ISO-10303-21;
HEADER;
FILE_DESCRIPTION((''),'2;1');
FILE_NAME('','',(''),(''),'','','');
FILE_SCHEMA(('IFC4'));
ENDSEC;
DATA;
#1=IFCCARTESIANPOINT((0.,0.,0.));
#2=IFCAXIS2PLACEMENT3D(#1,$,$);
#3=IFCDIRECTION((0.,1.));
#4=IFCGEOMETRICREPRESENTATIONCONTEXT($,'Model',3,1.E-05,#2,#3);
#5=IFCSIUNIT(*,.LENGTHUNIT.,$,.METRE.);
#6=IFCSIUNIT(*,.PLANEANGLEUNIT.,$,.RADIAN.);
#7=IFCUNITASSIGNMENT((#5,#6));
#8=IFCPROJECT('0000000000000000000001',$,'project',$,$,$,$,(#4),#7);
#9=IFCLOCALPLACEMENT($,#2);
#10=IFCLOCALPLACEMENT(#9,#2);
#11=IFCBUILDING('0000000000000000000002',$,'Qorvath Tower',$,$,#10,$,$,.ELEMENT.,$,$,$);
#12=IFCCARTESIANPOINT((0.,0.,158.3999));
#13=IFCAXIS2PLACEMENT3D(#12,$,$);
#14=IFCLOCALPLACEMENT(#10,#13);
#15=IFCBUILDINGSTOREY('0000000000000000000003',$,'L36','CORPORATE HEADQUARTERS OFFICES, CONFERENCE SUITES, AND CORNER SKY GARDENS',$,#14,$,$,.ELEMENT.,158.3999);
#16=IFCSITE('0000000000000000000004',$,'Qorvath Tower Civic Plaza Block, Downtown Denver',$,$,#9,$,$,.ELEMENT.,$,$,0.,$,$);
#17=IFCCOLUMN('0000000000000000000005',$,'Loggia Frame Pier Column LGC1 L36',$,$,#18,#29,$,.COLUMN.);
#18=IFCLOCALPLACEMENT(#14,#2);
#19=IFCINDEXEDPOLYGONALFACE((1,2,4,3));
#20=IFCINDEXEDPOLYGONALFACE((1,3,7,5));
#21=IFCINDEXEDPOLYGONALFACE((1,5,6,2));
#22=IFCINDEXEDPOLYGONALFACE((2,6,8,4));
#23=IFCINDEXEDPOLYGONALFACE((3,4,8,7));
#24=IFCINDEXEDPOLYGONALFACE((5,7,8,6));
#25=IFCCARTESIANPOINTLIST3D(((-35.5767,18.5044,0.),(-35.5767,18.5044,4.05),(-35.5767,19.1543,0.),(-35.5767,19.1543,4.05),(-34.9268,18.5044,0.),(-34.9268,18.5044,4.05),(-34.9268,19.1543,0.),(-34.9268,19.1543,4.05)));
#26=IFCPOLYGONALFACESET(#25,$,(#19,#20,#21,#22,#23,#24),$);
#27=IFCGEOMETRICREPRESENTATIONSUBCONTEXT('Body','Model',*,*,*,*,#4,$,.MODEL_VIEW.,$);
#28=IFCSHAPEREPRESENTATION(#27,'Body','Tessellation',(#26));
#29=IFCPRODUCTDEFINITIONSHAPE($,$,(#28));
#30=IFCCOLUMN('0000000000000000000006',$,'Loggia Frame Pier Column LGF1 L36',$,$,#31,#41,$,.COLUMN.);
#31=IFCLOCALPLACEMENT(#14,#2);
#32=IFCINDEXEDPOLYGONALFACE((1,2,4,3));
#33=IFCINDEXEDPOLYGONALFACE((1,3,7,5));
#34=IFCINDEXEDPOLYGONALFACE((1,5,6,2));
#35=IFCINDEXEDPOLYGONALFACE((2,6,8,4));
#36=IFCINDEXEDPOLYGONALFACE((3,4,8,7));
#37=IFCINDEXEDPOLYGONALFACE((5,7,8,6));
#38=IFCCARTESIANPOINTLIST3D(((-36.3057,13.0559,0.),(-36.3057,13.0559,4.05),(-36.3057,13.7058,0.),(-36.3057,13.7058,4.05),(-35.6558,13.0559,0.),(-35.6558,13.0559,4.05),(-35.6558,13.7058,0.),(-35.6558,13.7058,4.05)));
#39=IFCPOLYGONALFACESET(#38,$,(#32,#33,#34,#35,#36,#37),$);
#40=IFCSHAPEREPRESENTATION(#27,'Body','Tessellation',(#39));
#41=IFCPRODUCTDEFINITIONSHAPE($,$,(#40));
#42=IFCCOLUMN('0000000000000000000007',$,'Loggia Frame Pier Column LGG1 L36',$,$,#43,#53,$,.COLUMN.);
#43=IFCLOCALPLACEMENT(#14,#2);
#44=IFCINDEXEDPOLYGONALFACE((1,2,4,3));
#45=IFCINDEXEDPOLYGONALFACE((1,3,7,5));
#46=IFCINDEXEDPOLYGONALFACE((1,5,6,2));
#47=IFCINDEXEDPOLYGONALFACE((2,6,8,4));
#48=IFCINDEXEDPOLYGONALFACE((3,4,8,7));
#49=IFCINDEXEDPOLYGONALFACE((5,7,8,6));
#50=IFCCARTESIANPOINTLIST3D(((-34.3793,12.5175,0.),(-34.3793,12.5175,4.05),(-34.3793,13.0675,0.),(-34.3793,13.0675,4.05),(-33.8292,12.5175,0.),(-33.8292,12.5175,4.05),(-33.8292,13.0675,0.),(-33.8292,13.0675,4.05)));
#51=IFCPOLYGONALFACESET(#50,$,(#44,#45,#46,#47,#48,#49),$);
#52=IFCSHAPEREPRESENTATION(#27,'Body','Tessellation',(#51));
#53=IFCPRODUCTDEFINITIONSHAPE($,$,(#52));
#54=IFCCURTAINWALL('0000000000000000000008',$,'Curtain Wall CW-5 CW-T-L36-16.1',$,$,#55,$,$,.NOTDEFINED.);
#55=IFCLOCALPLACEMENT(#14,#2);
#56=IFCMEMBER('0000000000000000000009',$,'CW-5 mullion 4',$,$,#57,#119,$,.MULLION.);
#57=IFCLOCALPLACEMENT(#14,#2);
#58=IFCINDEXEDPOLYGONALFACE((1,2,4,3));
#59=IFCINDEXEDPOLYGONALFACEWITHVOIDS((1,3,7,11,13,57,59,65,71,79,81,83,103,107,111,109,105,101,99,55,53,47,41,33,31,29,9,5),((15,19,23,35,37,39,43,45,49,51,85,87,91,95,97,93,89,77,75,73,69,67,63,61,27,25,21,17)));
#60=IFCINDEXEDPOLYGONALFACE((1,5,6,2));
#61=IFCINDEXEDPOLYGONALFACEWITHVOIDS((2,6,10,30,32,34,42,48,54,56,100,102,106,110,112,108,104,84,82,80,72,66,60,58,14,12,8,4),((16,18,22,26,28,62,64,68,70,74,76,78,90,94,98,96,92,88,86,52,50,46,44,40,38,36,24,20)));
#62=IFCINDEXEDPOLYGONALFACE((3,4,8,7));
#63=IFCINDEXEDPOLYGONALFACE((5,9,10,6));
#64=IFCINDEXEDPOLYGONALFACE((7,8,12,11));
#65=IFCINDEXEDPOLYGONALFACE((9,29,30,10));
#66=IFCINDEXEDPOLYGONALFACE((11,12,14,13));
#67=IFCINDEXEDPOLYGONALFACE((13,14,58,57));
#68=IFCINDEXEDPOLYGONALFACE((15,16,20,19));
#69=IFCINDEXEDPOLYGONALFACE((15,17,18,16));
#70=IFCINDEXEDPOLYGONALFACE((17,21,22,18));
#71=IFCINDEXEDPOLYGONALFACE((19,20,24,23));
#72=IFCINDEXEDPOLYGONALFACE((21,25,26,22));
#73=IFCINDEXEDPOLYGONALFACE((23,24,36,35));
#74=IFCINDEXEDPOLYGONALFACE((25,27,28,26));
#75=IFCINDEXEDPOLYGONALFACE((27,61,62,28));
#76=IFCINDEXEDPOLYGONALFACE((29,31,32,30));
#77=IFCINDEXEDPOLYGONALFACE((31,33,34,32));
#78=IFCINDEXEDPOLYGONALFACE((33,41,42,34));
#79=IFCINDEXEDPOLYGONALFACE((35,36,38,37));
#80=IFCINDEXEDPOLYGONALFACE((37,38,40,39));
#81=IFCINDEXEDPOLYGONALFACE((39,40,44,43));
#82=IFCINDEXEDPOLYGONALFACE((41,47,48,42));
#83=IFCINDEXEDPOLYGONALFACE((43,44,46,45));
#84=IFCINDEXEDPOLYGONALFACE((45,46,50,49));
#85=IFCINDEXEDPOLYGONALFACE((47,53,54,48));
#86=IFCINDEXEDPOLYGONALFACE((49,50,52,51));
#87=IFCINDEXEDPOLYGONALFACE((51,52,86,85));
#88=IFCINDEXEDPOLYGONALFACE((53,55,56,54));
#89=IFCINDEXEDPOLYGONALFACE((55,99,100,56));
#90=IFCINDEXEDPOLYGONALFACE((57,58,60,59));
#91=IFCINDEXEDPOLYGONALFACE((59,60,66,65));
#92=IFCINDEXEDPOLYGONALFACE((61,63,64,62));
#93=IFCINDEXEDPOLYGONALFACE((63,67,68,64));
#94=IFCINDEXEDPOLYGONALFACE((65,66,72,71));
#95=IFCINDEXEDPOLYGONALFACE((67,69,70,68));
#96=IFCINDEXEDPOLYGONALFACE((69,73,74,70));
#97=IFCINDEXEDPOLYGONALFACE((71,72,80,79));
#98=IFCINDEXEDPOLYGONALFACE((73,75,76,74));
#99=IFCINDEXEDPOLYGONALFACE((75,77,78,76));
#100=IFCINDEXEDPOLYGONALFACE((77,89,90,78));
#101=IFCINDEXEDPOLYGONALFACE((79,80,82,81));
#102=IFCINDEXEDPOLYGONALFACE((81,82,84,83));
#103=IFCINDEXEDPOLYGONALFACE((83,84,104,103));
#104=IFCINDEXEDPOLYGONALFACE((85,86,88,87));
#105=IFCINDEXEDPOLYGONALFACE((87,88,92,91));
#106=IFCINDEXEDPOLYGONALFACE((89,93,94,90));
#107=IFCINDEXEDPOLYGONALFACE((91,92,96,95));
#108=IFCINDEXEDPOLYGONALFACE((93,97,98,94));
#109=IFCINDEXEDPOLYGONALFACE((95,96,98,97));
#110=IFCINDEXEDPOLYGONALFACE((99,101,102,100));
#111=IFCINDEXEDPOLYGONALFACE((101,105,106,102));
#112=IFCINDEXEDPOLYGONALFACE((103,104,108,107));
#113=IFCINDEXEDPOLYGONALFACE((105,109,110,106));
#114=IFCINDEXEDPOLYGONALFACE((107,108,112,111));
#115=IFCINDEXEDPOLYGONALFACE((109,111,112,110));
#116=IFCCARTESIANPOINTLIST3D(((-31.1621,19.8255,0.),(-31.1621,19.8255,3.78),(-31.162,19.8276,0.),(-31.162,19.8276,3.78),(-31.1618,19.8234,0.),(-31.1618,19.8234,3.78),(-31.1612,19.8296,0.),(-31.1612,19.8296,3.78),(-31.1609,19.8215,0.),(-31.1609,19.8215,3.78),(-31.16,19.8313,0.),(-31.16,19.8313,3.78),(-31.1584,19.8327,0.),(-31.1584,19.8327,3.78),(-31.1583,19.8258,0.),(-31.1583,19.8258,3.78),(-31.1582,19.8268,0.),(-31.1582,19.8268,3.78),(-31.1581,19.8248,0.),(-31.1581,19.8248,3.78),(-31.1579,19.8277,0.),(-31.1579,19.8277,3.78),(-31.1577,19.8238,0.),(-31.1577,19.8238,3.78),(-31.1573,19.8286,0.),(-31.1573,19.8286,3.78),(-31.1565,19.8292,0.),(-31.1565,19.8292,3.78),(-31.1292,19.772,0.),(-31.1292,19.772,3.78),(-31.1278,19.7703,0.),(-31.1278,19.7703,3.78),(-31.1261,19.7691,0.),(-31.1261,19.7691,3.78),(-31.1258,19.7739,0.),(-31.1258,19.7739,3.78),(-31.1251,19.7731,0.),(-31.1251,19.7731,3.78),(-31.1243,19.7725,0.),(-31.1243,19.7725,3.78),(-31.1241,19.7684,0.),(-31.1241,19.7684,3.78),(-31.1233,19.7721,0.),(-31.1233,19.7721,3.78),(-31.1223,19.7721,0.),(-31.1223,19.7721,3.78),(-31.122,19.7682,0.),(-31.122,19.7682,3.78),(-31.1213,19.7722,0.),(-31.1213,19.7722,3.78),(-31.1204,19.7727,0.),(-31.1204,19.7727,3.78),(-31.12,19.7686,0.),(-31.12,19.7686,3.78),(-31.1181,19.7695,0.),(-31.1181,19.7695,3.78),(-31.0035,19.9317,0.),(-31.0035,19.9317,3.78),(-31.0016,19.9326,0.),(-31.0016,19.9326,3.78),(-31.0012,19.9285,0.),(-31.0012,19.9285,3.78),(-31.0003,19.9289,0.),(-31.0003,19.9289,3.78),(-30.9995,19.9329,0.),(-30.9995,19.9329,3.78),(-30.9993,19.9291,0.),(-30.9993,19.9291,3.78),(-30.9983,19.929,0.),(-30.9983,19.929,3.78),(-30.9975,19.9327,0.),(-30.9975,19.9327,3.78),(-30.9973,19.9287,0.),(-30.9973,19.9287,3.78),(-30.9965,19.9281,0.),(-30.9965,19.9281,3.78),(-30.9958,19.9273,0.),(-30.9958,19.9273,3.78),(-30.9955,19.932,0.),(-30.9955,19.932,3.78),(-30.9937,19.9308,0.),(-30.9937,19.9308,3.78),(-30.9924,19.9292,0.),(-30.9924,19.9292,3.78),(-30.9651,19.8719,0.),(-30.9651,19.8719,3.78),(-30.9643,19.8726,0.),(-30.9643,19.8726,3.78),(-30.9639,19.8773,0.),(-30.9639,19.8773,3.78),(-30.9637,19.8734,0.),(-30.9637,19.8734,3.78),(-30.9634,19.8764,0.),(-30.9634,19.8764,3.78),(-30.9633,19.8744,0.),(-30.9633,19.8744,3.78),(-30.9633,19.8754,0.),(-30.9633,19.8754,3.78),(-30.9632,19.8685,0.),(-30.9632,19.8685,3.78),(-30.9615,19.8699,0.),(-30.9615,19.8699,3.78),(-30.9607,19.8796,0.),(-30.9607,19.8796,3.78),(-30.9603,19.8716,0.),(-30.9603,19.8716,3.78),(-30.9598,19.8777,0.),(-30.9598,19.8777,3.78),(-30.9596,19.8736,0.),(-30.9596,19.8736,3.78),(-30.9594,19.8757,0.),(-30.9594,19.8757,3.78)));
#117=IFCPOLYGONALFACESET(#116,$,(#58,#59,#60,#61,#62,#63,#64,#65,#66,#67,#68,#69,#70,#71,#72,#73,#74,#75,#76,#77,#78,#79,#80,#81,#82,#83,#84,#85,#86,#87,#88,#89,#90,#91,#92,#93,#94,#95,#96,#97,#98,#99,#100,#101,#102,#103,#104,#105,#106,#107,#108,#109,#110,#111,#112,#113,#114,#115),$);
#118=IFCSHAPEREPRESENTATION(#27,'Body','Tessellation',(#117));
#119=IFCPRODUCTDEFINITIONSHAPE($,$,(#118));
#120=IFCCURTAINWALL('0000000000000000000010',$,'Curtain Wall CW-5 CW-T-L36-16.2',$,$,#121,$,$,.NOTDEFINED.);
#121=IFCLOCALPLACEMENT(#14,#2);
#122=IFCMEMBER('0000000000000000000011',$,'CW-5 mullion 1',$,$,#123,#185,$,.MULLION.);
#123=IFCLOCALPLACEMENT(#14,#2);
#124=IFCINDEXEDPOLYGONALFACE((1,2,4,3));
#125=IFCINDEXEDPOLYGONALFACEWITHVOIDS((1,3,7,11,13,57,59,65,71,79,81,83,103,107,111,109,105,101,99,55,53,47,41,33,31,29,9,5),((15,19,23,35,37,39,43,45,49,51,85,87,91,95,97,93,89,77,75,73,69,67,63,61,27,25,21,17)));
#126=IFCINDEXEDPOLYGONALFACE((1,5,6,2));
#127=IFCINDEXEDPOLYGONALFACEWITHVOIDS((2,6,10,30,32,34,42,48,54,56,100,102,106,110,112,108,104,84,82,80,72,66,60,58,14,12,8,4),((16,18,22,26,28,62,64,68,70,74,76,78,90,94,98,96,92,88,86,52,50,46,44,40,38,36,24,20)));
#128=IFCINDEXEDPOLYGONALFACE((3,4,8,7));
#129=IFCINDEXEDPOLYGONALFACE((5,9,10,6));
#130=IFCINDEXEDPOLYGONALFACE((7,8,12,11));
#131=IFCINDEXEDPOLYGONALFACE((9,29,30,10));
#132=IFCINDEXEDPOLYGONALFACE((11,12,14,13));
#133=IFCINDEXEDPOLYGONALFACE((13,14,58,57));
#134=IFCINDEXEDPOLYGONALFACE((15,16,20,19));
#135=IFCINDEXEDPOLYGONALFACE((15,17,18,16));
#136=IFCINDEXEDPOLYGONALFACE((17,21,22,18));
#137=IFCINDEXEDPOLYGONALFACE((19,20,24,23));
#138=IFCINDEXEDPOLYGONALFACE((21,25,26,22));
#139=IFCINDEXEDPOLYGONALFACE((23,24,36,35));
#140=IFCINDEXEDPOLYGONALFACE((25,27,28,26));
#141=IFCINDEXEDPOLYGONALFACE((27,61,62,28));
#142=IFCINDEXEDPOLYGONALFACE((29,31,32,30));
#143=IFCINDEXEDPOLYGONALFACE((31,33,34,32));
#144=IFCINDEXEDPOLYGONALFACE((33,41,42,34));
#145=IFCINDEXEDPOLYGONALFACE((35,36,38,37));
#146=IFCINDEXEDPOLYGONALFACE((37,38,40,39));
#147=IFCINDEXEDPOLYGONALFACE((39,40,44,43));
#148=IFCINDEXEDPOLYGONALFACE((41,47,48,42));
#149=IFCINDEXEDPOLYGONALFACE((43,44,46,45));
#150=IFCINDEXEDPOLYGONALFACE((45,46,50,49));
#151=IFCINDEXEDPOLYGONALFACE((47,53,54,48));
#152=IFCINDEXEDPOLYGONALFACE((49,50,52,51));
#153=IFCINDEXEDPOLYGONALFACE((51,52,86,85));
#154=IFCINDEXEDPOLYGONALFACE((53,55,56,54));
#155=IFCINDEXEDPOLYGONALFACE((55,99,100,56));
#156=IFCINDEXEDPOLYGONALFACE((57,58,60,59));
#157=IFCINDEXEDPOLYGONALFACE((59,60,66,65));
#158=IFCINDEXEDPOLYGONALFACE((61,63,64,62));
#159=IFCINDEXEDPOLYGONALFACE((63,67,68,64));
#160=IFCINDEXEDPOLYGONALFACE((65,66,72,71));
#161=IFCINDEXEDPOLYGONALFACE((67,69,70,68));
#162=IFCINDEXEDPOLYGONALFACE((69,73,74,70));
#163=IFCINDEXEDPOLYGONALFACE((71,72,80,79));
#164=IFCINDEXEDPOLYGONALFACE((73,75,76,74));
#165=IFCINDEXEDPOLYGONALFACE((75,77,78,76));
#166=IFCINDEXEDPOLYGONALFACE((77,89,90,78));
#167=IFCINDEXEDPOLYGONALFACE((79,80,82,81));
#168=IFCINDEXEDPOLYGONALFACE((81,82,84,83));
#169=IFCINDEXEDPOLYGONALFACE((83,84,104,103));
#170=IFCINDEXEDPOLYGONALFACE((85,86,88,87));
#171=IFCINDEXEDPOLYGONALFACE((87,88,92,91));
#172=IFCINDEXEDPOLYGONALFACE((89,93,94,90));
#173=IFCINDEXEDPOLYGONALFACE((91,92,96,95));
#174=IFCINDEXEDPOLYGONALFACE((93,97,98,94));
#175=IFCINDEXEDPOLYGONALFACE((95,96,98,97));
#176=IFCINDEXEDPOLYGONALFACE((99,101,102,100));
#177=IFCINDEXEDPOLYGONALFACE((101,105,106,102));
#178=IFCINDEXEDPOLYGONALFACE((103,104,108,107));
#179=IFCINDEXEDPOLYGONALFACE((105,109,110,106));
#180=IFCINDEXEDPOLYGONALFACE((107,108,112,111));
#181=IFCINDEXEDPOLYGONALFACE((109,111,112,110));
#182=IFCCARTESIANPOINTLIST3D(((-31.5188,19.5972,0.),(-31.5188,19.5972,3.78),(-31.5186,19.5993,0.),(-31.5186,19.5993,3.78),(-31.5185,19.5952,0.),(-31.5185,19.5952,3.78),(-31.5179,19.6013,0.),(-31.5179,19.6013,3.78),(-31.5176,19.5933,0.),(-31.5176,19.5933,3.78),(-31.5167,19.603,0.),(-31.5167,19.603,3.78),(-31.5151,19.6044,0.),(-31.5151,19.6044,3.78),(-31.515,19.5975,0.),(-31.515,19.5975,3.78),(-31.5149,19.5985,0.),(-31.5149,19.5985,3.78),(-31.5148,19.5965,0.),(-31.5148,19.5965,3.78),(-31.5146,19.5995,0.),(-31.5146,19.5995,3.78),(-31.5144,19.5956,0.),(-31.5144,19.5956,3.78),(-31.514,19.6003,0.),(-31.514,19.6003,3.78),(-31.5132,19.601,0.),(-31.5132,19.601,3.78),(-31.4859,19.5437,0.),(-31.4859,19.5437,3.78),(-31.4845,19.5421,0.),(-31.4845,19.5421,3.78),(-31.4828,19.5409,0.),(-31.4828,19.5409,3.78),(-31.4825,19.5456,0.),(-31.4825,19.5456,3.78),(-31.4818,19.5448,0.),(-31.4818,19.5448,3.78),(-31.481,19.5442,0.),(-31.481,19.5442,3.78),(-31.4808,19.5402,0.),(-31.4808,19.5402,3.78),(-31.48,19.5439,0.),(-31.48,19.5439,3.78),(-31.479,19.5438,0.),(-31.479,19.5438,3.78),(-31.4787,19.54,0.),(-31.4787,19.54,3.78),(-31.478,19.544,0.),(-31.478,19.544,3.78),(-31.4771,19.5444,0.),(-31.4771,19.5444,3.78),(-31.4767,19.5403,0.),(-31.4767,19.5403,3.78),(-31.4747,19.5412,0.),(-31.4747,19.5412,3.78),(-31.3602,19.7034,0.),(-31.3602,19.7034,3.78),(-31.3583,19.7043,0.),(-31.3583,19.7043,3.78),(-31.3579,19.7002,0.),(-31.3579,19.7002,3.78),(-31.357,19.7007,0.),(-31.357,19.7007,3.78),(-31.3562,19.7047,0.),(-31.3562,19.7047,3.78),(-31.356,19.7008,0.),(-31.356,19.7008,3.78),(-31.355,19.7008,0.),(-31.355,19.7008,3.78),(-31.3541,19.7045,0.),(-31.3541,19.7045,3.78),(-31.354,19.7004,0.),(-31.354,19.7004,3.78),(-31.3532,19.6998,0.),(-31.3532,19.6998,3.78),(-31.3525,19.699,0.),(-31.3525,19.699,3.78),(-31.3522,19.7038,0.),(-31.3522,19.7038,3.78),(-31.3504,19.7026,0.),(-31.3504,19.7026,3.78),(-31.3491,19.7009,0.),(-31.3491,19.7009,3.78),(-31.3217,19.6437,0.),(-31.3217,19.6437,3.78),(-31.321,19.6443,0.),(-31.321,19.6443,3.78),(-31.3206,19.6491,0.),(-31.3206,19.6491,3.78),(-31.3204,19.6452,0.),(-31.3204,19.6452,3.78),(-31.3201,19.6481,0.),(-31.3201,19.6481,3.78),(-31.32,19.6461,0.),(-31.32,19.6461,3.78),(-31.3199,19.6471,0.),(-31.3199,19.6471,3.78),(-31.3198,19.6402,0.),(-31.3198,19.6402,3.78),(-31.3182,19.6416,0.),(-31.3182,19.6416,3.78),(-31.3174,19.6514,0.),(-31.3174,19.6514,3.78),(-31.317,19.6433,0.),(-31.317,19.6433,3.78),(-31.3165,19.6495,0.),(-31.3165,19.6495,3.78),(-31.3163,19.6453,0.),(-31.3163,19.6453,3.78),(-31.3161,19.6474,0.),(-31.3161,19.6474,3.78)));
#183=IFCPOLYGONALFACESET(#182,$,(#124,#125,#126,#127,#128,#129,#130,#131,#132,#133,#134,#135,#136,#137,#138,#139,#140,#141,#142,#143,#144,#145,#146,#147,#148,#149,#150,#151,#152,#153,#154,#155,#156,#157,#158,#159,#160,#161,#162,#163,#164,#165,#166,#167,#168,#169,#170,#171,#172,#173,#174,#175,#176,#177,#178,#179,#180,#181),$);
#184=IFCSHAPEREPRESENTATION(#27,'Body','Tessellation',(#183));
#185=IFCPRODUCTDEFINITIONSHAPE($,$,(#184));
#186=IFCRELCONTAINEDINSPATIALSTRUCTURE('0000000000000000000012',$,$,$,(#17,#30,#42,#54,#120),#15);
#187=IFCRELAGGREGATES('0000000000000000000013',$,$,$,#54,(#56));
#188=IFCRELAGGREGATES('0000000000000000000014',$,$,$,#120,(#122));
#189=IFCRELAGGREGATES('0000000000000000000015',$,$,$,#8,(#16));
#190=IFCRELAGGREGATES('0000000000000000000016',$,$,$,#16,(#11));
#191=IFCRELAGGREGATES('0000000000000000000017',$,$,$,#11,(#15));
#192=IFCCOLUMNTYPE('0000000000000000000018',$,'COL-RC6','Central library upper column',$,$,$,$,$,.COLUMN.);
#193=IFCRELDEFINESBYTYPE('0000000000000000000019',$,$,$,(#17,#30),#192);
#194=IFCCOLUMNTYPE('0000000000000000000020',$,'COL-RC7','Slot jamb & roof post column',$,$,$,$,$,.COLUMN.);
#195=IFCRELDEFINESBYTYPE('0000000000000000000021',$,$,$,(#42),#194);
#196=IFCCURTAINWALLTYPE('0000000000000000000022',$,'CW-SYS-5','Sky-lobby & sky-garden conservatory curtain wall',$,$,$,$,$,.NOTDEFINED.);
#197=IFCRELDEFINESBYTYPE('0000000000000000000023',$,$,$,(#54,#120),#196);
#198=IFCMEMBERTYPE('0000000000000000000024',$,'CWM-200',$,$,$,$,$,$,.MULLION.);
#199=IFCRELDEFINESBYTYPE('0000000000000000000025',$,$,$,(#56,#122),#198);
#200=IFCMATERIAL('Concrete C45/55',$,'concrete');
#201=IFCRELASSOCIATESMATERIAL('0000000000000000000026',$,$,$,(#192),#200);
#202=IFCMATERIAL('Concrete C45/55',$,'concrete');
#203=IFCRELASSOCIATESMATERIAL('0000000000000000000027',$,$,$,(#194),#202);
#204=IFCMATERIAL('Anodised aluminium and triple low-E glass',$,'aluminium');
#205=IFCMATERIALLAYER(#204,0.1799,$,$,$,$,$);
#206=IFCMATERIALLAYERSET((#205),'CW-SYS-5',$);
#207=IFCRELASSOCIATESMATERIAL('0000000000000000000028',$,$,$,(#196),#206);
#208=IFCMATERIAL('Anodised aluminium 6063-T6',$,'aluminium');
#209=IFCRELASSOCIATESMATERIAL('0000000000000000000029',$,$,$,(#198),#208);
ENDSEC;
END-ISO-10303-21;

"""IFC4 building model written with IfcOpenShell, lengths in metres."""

from ifc_helpers import new_model, si_unit, direction, frame, origin, origin_2d, place, context, subcontext, project, spatial, rectangle, hollow_rectangle, extrude, material, layer, layer_set, material_profile, profile_set, type_object, element, aggregate, save


model = new_model("IFC4")

# Units and contexts
model_context = context("Model", 3, precision=1e-05, world=origin(), true_north=direction((0.0, 1.0)))
body_context = subcontext(model_context, "Body", "Model", "MODEL_VIEW")
ifc_project = project(units=[si_unit("LENGTHUNIT", "METRE"), si_unit("PLANEANGLEUNIT", "RADIAN")], contexts=[model_context])

# Site, building, storey
site_placement = place(None, origin())
site = spatial("IfcSite", under=ifc_project, at=site_placement, Name="Qorvath Tower Civic Plaza Block, Downtown Denver", CompositionType="ELEMENT", RefElevation=0.0)
building_placement = place(site_placement, origin())
building = spatial("IfcBuilding", under=site, at=building_placement, Name="Qorvath Tower", CompositionType="ELEMENT")
storey_placement = place(building_placement, frame((0.0, 0.0, 158.3999)))
storey = spatial("IfcBuildingStorey", under=building, at=storey_placement, Name="L36", Description="CORPORATE HEADQUARTERS OFFICES, CONFERENCE SUITES, AND CORNER SKY GARDENS", CompositionType="ELEMENT", Elevation=158.3999)

# Columns
ifc_material_1 = material(Name="Concrete C45/55", Category="concrete")
ifc_material_profile_1 = material_profile(ifc_material_1, rectangle(XDim=0.6499, YDim=0.6499, at=origin_2d()), Name="RC 650x650")
ifc_profile_set_1 = profile_set([ifc_material_profile_1], Name="Concrete C45/55")
column_type_1 = type_object("IfcColumnType", Name="COL-RC6", Description="Central library upper column", PredefinedType="COLUMN", material=ifc_profile_set_1)
for number, where, z_axis, x_axis, name in (
    (1, (-35.2517, 18.8293, 0.0), (0.0, 0.0, 1.0), (1.0, 0.0, 0.0), "Loggia Frame Pier Column LGC1 L36"),
    (2, (-35.9807, 13.3809, 0.0), (0.0, 0.0, 1.0), (1.0, 0.0, 0.0), "Loggia Frame Pier Column LGF1 L36"),
):
    element("IfcColumn", number, at=place(storey_placement, frame(where, z_axis=z_axis, x_axis=x_axis)), inside=storey, type_object=column_type_1, Name=name, PredefinedType="COLUMN", context=body_context, shape_type="SweptSolid", body=[
        extrude(rectangle(XDim=0.6499, YDim=0.6499, at=origin_2d()), origin(), (0.0, 0.0, 1.0), 4.05),
    ])
ifc_material_2 = material(Name="Concrete C45/55", Category="concrete")
ifc_material_profile_2 = material_profile(ifc_material_2, rectangle(XDim=0.55, YDim=0.55, at=origin_2d()), Name="RC 550x550")
ifc_profile_set_2 = profile_set([ifc_material_profile_2], Name="Concrete C45/55")
column_type_2 = type_object("IfcColumnType", Name="COL-RC7", Description="Slot jamb & roof post column", PredefinedType="COLUMN", material=ifc_profile_set_2)
column_placement = place(storey_placement, frame((-34.1042, 12.7925, 0.0), z_axis=(0.0, 0.0, 1.0), x_axis=(1.0, 0.0, 0.0)))
element("IfcColumn", 3, at=column_placement, inside=storey, type_object=column_type_2, Name="Loggia Frame Pier Column LGG1 L36", PredefinedType="COLUMN", context=body_context, shape_type="SweptSolid", body=[
    extrude(rectangle(XDim=0.55, YDim=0.55, at=origin_2d()), origin(), (0.0, 0.0, 1.0), 4.05),
])

# Curtain wall, member
ifc_material_3 = material(Name="Anodised aluminium and triple low-E glass", Category="aluminium")
ifc_layer_1 = layer(ifc_material_3, 0.1799)
ifc_layer_set_1 = layer_set([ifc_layer_1], Name="CW-SYS-5")
curtain_wall_type = type_object("IfcCurtainWallType", Name="CW-SYS-5", Description="Sky-lobby & sky-garden conservatory curtain wall", PredefinedType="NOTDEFINED", material=ifc_layer_set_1)
curtain_wall_1_placement = place(storey_placement, origin())
curtain_wall_1 = element("IfcCurtainWall", 4, at=curtain_wall_1_placement, inside=storey, type_object=curtain_wall_type, Name="Curtain Wall CW-5 CW-T-L36-16.1", PredefinedType="NOTDEFINED")
ifc_material_4 = material(Name="Anodised aluminium 6063-T6", Category="aluminium")
ifc_material_profile_3 = material_profile(ifc_material_4, hollow_rectangle(XDim=0.075, YDim=0.2, WallThickness=0.0039, InnerFilletRadius=0.0039, OuterFilletRadius=0.0081, at=origin_2d()), Name="CWM 200x75")
ifc_profile_set_3 = profile_set([ifc_material_profile_3], Name="Anodised aluminium 6063-T6")
member_type_1 = type_object("IfcMemberType", Name="CWM-200", PredefinedType="MULLION", material=ifc_profile_set_3)
member_1_placement = place(storey_placement, frame((-31.0608, 19.8506, 0.0), z_axis=(0.0, 0.0, 1.0), x_axis=(0.53854, -0.8426, 0.0)))
member_1 = element("IfcMember", 5, at=member_1_placement, type_object=member_type_1, Name="CW-5 mullion 4", PredefinedType="MULLION", context=body_context, shape_type="SweptSolid", body=[
    extrude(hollow_rectangle(XDim=0.075, YDim=0.2, WallThickness=0.0039, InnerFilletRadius=0.0039, OuterFilletRadius=0.0081, at=origin_2d()), origin(), (0.0, 0.0, 1.0), 3.78),
])
aggregate(curtain_wall_1, [member_1])

# Curtain wall, member
curtain_wall_2_placement = place(storey_placement, origin())
curtain_wall_2 = element("IfcCurtainWall", 6, at=curtain_wall_2_placement, inside=storey, type_object=curtain_wall_type, Name="Curtain Wall CW-5 CW-T-L36-16.2", PredefinedType="NOTDEFINED")
member_2_placement = place(storey_placement, frame((-31.4175, 19.6223, 0.0), z_axis=(0.0, 0.0, 1.0), x_axis=(0.538539, -0.8426, 0.0)))
member_2 = element("IfcMember", 7, at=member_2_placement, type_object=member_type_1, Name="CW-5 mullion 1", PredefinedType="MULLION", context=body_context, shape_type="SweptSolid", body=[
    extrude(hollow_rectangle(XDim=0.075, YDim=0.2, WallThickness=0.0039, InnerFilletRadius=0.0039, OuterFilletRadius=0.0081, at=origin_2d()), origin(), (0.0, 0.0, 1.0), 3.78),
])
aggregate(curtain_wall_2, [member_2])

save(model, "model.ifc")
